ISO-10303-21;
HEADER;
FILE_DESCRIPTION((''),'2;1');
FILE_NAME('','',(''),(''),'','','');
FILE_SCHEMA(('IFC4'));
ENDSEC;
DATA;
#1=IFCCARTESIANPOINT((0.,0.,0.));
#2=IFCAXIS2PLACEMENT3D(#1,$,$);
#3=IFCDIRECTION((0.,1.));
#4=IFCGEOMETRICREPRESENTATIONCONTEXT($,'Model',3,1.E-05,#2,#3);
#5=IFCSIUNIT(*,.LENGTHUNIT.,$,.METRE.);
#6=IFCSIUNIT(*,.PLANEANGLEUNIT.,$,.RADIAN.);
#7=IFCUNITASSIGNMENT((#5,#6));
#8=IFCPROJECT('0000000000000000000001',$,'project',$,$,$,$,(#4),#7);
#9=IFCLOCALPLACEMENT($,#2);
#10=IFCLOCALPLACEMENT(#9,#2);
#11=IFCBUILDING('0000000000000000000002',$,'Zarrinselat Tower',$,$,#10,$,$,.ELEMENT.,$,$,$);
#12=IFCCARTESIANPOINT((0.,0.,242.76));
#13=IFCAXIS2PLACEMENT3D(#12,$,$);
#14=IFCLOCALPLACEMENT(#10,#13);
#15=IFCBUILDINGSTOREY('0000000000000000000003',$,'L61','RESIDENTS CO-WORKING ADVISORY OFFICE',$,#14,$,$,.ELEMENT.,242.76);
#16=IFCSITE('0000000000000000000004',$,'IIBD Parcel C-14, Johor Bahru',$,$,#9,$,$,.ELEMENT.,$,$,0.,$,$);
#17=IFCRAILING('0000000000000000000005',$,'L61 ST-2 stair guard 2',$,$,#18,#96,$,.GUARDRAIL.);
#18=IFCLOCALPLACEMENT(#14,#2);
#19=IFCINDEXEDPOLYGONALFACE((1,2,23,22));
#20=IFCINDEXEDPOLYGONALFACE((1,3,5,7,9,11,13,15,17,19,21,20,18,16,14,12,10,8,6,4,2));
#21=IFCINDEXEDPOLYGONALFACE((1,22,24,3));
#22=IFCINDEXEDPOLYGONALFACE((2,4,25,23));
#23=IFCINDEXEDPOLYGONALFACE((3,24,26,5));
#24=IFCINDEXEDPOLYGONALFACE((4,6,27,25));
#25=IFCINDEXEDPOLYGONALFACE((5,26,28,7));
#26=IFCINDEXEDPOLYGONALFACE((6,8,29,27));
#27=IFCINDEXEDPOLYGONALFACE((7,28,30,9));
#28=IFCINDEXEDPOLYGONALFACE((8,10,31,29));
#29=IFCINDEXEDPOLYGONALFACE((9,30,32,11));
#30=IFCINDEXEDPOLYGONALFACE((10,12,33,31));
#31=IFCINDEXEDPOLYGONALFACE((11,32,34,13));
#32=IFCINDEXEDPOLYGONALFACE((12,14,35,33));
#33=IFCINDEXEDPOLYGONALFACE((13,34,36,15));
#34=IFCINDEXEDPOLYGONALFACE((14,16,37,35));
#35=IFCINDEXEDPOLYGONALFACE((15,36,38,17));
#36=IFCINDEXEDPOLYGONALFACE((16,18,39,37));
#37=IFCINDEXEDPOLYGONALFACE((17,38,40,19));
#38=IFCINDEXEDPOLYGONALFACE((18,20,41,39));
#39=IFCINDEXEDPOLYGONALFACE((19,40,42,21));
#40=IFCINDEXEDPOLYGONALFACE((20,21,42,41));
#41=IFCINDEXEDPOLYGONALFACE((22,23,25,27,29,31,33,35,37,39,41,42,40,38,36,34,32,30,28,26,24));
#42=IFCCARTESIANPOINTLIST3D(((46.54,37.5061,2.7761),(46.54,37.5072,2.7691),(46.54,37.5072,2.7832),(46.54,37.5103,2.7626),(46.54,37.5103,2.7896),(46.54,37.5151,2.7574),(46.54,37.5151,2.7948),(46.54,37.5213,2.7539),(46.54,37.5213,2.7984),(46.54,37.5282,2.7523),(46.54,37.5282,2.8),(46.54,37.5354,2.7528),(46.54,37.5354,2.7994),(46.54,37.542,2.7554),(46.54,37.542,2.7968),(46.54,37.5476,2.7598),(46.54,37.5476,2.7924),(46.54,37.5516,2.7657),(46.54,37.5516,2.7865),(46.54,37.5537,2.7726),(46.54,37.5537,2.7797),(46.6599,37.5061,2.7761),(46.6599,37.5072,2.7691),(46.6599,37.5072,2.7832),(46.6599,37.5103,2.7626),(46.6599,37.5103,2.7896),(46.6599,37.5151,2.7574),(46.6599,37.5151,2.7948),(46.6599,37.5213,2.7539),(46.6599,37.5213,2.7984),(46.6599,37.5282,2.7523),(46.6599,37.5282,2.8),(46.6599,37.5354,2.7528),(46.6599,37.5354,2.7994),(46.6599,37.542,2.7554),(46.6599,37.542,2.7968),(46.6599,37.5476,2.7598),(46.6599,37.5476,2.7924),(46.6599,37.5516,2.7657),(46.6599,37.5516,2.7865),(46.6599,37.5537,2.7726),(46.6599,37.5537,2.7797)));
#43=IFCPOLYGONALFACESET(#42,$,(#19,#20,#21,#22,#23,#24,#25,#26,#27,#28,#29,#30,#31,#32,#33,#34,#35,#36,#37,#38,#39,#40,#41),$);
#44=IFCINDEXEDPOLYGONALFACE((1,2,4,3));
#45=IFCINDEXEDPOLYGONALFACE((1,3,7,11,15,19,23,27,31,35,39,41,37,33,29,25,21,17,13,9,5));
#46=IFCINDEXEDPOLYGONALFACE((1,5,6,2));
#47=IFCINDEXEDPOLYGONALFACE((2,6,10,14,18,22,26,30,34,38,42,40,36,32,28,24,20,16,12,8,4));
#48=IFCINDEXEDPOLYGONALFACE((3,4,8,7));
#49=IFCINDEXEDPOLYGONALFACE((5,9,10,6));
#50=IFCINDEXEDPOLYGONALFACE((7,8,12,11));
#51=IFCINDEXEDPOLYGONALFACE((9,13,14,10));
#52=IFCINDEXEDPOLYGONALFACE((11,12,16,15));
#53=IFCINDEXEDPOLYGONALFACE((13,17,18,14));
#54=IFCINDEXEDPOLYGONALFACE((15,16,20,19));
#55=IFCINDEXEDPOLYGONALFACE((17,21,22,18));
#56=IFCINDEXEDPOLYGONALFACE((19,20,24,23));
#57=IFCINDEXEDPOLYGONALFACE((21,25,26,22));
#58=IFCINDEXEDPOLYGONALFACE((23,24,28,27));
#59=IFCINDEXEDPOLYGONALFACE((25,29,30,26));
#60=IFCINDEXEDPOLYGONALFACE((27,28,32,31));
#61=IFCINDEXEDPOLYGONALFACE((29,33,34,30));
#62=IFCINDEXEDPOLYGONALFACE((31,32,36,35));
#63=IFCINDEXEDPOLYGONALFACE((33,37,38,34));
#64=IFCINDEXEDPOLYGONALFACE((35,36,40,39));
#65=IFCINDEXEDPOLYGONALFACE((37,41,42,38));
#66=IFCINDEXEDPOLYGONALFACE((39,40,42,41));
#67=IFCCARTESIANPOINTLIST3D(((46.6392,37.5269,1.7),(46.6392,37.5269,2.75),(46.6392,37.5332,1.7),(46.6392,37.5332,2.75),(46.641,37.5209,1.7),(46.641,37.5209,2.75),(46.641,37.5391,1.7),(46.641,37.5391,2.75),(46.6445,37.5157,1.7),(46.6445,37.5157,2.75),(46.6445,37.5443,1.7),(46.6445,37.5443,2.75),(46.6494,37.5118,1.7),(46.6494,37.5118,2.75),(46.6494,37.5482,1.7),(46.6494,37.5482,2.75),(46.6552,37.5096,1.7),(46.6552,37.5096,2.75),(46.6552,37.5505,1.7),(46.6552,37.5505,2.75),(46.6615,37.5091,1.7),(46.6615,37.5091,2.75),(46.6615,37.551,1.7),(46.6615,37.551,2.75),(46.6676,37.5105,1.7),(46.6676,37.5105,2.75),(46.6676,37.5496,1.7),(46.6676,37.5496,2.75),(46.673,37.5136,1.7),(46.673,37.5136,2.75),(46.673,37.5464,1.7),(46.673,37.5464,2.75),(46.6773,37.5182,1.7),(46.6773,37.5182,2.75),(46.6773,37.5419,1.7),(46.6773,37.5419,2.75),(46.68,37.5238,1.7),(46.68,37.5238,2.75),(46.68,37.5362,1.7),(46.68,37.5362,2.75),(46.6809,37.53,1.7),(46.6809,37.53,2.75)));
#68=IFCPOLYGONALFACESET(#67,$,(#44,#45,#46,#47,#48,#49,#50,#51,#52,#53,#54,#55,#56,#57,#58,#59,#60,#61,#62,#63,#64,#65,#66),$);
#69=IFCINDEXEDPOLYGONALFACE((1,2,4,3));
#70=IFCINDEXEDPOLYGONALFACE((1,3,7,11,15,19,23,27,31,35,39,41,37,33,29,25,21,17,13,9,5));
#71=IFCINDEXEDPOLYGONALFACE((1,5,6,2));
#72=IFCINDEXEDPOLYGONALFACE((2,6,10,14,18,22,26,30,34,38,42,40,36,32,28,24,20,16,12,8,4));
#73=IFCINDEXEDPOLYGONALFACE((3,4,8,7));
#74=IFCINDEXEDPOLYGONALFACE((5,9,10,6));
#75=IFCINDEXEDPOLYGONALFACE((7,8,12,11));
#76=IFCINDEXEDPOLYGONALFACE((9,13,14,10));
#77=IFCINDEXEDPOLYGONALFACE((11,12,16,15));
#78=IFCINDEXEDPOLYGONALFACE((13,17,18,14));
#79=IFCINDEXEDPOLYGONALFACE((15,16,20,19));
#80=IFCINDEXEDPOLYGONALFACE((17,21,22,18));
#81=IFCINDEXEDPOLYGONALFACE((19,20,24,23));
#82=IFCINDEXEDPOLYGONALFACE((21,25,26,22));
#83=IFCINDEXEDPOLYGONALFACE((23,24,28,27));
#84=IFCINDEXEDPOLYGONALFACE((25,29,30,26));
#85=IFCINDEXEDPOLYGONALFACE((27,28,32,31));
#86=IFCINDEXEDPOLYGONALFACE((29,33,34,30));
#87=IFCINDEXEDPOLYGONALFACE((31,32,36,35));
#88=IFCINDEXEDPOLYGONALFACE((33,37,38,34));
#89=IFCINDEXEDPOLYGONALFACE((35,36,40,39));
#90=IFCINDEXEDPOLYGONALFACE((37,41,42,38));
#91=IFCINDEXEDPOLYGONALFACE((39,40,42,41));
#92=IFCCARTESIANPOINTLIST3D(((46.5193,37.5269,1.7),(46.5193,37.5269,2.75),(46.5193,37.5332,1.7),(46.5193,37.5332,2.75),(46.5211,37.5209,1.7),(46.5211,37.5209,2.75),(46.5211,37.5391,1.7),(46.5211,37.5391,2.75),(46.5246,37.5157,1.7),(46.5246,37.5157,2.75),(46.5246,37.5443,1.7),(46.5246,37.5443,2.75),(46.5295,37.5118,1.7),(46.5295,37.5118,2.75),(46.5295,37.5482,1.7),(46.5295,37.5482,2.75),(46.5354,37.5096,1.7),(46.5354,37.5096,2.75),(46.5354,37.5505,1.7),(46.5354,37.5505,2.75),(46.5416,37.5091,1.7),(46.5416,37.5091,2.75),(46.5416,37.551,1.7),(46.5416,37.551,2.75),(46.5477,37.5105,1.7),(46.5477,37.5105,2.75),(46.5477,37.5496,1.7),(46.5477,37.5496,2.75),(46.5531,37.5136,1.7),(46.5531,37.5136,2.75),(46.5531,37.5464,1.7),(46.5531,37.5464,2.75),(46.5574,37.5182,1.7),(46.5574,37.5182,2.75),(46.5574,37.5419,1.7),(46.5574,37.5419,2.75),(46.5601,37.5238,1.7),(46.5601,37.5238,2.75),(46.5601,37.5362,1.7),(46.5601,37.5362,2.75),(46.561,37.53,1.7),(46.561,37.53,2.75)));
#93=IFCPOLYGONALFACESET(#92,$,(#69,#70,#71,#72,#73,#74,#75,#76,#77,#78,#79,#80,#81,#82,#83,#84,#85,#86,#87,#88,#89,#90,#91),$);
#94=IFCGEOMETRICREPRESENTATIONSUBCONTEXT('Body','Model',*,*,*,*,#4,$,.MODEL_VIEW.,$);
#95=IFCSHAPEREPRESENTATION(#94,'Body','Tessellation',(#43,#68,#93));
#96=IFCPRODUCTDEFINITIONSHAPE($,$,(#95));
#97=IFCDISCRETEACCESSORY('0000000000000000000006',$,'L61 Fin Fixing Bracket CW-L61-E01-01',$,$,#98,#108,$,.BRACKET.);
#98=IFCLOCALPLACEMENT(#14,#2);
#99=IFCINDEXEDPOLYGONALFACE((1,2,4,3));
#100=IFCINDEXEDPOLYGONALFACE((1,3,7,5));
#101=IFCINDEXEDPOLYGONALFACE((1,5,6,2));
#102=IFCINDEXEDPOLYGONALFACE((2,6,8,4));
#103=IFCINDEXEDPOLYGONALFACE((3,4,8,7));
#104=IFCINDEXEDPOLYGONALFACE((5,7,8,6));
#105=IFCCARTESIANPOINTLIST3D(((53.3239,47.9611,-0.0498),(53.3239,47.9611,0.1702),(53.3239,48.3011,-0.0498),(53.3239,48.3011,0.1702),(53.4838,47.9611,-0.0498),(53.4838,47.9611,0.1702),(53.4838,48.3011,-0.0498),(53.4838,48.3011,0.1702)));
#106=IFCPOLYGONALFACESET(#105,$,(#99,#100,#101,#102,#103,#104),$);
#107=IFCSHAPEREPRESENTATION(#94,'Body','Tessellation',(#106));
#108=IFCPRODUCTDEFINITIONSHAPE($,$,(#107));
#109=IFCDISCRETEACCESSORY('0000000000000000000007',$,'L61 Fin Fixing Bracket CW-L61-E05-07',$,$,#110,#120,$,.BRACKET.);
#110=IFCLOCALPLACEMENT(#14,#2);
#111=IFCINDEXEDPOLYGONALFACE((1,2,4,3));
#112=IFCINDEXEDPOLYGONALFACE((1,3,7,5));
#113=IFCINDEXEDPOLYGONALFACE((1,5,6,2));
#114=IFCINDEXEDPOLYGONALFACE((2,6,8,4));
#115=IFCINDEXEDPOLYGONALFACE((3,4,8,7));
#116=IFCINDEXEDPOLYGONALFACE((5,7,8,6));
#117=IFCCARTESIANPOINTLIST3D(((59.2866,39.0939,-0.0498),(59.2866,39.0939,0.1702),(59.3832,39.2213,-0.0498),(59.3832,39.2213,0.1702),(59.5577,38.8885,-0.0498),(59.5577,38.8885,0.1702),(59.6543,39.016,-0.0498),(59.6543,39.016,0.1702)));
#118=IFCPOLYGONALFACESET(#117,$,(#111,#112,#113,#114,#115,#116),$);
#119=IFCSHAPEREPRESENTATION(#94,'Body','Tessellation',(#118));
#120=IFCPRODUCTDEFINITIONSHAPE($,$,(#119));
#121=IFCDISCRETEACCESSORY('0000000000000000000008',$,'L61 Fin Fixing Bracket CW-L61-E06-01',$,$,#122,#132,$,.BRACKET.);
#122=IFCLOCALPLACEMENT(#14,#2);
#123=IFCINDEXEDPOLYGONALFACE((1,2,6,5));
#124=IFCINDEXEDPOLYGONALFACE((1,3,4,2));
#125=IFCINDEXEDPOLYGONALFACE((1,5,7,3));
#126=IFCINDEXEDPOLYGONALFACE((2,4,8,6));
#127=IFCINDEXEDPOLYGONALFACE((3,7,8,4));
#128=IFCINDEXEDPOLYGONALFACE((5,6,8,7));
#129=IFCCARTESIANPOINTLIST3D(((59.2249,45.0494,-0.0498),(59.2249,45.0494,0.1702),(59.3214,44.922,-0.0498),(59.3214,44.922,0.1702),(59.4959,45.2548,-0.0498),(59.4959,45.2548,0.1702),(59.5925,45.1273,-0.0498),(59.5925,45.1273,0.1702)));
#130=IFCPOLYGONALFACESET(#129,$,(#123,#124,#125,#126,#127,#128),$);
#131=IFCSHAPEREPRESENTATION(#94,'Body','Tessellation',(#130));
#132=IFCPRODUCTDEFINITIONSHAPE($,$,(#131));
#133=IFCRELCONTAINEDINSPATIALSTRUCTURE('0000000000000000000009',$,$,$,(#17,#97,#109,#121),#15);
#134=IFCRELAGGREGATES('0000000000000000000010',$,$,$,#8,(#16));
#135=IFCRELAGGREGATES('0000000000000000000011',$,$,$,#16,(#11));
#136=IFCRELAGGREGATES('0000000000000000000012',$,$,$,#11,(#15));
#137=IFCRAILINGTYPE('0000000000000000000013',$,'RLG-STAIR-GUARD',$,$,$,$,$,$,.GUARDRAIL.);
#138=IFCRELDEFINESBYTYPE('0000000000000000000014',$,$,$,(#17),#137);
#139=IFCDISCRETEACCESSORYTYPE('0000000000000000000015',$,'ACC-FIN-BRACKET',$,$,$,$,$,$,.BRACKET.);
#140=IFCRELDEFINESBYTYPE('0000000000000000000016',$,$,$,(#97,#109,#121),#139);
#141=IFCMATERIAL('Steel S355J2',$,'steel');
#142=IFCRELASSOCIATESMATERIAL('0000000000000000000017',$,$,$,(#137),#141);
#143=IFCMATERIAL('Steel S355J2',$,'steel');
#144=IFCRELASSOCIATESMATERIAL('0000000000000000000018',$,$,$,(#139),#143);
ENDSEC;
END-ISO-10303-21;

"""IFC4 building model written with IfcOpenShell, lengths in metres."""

from ifc_helpers import new_model, si_unit, direction, frame, origin, origin_2d, place, context, subcontext, project, spatial, rectangle, circle, extrude, material, type_object, element, save


model = new_model("IFC4")

# Units and contexts
model_context = context("Model", 3, precision=1e-05, world=origin(), true_north=direction((0.0, 1.0)))
body_context = subcontext(model_context, "Body", "Model", "MODEL_VIEW")
ifc_project = project(units=[si_unit("LENGTHUNIT", "METRE"), si_unit("PLANEANGLEUNIT", "RADIAN")], contexts=[model_context])

# Site, building, storey
site_placement = place(None, origin())
site = spatial("IfcSite", under=ifc_project, at=site_placement, Name="IIBD Parcel C-14, Johor Bahru", CompositionType="ELEMENT", RefElevation=0.0)
building_placement = place(site_placement, origin())
building = spatial("IfcBuilding", under=site, at=building_placement, Name="Zarrinselat Tower", CompositionType="ELEMENT")
storey_placement = place(building_placement, frame((0.0, 0.0, 242.76)))
storey = spatial("IfcBuildingStorey", under=building, at=storey_placement, Name="L61", Description="RESIDENTS CO-WORKING ADVISORY OFFICE", CompositionType="ELEMENT", Elevation=242.76)

# Railing
ifc_material_1 = material(Name="Steel S355J2", Category="steel")
railing_type = type_object("IfcRailingType", Name="RLG-STAIR-GUARD", PredefinedType="GUARDRAIL", material=ifc_material_1)
railing_placement = place(storey_placement, frame((46.6599, 37.53, 1.7)))
element("IfcRailing", 1, at=railing_placement, inside=storey, type_object=railing_type, Name="L61 ST-2 stair guard 2", PredefinedType="GUARDRAIL", context=body_context, shape_type="SweptSolid", body=[
    extrude(circle(Radius=0.0239, at=origin_2d()), frame((0.0, 0.0, 1.0762), z_axis=(-1.0, 0.0, 0.0), x_axis=(0.0, -1.0, 0.0)), (0.0, 0.0, 1.0), 0.1199),
    extrude(circle(Radius=0.021, at=origin_2d()), origin(), (0.0, 0.0, 1.0), 1.05),
    extrude(circle(Radius=0.021, at=origin_2d()), frame((-0.1199, 0.0, 0.0)), (0.0, 0.0, 1.0), 1.05),
])

# Discrete accessories
ifc_material_2 = material(Name="Steel S355J2", Category="steel")
discrete_accessory_type = type_object("IfcDiscreteAccessoryType", Name="ACC-FIN-BRACKET", PredefinedType="BRACKET", material=ifc_material_2)
for number, where, z_axis, x_axis, name in (
    (2, (53.4038, 48.1311, -0.0498), (0.0, 0.0, 1.0), (0.0, 1.0, 0.0), "L61 Fin Fixing Bracket CW-L61-E01-01"),
    (3, (59.4705, 39.0549, -0.0498), (0.0, 0.0, 1.0), (0.797092, -0.603858, 0.0), "L61 Fin Fixing Bracket CW-L61-E05-07"),
    (4, (59.4087, 45.0884, -0.0498), (0.0, 0.0, 1.0), (0.797086, 0.603865, 0.0), "L61 Fin Fixing Bracket CW-L61-E06-01"),
):
    element("IfcDiscreteAccessory", number, at=place(storey_placement, frame(where, z_axis=z_axis, x_axis=x_axis)), inside=storey, type_object=discrete_accessory_type, Name=name, PredefinedType="BRACKET", context=body_context, shape_type="SweptSolid", body=[
        extrude(rectangle(XDim=0.3401, YDim=0.1599, at=origin_2d()), origin(), (0.0, 0.0, 1.0), 0.22),
    ])

save(model, "model.ifc")
